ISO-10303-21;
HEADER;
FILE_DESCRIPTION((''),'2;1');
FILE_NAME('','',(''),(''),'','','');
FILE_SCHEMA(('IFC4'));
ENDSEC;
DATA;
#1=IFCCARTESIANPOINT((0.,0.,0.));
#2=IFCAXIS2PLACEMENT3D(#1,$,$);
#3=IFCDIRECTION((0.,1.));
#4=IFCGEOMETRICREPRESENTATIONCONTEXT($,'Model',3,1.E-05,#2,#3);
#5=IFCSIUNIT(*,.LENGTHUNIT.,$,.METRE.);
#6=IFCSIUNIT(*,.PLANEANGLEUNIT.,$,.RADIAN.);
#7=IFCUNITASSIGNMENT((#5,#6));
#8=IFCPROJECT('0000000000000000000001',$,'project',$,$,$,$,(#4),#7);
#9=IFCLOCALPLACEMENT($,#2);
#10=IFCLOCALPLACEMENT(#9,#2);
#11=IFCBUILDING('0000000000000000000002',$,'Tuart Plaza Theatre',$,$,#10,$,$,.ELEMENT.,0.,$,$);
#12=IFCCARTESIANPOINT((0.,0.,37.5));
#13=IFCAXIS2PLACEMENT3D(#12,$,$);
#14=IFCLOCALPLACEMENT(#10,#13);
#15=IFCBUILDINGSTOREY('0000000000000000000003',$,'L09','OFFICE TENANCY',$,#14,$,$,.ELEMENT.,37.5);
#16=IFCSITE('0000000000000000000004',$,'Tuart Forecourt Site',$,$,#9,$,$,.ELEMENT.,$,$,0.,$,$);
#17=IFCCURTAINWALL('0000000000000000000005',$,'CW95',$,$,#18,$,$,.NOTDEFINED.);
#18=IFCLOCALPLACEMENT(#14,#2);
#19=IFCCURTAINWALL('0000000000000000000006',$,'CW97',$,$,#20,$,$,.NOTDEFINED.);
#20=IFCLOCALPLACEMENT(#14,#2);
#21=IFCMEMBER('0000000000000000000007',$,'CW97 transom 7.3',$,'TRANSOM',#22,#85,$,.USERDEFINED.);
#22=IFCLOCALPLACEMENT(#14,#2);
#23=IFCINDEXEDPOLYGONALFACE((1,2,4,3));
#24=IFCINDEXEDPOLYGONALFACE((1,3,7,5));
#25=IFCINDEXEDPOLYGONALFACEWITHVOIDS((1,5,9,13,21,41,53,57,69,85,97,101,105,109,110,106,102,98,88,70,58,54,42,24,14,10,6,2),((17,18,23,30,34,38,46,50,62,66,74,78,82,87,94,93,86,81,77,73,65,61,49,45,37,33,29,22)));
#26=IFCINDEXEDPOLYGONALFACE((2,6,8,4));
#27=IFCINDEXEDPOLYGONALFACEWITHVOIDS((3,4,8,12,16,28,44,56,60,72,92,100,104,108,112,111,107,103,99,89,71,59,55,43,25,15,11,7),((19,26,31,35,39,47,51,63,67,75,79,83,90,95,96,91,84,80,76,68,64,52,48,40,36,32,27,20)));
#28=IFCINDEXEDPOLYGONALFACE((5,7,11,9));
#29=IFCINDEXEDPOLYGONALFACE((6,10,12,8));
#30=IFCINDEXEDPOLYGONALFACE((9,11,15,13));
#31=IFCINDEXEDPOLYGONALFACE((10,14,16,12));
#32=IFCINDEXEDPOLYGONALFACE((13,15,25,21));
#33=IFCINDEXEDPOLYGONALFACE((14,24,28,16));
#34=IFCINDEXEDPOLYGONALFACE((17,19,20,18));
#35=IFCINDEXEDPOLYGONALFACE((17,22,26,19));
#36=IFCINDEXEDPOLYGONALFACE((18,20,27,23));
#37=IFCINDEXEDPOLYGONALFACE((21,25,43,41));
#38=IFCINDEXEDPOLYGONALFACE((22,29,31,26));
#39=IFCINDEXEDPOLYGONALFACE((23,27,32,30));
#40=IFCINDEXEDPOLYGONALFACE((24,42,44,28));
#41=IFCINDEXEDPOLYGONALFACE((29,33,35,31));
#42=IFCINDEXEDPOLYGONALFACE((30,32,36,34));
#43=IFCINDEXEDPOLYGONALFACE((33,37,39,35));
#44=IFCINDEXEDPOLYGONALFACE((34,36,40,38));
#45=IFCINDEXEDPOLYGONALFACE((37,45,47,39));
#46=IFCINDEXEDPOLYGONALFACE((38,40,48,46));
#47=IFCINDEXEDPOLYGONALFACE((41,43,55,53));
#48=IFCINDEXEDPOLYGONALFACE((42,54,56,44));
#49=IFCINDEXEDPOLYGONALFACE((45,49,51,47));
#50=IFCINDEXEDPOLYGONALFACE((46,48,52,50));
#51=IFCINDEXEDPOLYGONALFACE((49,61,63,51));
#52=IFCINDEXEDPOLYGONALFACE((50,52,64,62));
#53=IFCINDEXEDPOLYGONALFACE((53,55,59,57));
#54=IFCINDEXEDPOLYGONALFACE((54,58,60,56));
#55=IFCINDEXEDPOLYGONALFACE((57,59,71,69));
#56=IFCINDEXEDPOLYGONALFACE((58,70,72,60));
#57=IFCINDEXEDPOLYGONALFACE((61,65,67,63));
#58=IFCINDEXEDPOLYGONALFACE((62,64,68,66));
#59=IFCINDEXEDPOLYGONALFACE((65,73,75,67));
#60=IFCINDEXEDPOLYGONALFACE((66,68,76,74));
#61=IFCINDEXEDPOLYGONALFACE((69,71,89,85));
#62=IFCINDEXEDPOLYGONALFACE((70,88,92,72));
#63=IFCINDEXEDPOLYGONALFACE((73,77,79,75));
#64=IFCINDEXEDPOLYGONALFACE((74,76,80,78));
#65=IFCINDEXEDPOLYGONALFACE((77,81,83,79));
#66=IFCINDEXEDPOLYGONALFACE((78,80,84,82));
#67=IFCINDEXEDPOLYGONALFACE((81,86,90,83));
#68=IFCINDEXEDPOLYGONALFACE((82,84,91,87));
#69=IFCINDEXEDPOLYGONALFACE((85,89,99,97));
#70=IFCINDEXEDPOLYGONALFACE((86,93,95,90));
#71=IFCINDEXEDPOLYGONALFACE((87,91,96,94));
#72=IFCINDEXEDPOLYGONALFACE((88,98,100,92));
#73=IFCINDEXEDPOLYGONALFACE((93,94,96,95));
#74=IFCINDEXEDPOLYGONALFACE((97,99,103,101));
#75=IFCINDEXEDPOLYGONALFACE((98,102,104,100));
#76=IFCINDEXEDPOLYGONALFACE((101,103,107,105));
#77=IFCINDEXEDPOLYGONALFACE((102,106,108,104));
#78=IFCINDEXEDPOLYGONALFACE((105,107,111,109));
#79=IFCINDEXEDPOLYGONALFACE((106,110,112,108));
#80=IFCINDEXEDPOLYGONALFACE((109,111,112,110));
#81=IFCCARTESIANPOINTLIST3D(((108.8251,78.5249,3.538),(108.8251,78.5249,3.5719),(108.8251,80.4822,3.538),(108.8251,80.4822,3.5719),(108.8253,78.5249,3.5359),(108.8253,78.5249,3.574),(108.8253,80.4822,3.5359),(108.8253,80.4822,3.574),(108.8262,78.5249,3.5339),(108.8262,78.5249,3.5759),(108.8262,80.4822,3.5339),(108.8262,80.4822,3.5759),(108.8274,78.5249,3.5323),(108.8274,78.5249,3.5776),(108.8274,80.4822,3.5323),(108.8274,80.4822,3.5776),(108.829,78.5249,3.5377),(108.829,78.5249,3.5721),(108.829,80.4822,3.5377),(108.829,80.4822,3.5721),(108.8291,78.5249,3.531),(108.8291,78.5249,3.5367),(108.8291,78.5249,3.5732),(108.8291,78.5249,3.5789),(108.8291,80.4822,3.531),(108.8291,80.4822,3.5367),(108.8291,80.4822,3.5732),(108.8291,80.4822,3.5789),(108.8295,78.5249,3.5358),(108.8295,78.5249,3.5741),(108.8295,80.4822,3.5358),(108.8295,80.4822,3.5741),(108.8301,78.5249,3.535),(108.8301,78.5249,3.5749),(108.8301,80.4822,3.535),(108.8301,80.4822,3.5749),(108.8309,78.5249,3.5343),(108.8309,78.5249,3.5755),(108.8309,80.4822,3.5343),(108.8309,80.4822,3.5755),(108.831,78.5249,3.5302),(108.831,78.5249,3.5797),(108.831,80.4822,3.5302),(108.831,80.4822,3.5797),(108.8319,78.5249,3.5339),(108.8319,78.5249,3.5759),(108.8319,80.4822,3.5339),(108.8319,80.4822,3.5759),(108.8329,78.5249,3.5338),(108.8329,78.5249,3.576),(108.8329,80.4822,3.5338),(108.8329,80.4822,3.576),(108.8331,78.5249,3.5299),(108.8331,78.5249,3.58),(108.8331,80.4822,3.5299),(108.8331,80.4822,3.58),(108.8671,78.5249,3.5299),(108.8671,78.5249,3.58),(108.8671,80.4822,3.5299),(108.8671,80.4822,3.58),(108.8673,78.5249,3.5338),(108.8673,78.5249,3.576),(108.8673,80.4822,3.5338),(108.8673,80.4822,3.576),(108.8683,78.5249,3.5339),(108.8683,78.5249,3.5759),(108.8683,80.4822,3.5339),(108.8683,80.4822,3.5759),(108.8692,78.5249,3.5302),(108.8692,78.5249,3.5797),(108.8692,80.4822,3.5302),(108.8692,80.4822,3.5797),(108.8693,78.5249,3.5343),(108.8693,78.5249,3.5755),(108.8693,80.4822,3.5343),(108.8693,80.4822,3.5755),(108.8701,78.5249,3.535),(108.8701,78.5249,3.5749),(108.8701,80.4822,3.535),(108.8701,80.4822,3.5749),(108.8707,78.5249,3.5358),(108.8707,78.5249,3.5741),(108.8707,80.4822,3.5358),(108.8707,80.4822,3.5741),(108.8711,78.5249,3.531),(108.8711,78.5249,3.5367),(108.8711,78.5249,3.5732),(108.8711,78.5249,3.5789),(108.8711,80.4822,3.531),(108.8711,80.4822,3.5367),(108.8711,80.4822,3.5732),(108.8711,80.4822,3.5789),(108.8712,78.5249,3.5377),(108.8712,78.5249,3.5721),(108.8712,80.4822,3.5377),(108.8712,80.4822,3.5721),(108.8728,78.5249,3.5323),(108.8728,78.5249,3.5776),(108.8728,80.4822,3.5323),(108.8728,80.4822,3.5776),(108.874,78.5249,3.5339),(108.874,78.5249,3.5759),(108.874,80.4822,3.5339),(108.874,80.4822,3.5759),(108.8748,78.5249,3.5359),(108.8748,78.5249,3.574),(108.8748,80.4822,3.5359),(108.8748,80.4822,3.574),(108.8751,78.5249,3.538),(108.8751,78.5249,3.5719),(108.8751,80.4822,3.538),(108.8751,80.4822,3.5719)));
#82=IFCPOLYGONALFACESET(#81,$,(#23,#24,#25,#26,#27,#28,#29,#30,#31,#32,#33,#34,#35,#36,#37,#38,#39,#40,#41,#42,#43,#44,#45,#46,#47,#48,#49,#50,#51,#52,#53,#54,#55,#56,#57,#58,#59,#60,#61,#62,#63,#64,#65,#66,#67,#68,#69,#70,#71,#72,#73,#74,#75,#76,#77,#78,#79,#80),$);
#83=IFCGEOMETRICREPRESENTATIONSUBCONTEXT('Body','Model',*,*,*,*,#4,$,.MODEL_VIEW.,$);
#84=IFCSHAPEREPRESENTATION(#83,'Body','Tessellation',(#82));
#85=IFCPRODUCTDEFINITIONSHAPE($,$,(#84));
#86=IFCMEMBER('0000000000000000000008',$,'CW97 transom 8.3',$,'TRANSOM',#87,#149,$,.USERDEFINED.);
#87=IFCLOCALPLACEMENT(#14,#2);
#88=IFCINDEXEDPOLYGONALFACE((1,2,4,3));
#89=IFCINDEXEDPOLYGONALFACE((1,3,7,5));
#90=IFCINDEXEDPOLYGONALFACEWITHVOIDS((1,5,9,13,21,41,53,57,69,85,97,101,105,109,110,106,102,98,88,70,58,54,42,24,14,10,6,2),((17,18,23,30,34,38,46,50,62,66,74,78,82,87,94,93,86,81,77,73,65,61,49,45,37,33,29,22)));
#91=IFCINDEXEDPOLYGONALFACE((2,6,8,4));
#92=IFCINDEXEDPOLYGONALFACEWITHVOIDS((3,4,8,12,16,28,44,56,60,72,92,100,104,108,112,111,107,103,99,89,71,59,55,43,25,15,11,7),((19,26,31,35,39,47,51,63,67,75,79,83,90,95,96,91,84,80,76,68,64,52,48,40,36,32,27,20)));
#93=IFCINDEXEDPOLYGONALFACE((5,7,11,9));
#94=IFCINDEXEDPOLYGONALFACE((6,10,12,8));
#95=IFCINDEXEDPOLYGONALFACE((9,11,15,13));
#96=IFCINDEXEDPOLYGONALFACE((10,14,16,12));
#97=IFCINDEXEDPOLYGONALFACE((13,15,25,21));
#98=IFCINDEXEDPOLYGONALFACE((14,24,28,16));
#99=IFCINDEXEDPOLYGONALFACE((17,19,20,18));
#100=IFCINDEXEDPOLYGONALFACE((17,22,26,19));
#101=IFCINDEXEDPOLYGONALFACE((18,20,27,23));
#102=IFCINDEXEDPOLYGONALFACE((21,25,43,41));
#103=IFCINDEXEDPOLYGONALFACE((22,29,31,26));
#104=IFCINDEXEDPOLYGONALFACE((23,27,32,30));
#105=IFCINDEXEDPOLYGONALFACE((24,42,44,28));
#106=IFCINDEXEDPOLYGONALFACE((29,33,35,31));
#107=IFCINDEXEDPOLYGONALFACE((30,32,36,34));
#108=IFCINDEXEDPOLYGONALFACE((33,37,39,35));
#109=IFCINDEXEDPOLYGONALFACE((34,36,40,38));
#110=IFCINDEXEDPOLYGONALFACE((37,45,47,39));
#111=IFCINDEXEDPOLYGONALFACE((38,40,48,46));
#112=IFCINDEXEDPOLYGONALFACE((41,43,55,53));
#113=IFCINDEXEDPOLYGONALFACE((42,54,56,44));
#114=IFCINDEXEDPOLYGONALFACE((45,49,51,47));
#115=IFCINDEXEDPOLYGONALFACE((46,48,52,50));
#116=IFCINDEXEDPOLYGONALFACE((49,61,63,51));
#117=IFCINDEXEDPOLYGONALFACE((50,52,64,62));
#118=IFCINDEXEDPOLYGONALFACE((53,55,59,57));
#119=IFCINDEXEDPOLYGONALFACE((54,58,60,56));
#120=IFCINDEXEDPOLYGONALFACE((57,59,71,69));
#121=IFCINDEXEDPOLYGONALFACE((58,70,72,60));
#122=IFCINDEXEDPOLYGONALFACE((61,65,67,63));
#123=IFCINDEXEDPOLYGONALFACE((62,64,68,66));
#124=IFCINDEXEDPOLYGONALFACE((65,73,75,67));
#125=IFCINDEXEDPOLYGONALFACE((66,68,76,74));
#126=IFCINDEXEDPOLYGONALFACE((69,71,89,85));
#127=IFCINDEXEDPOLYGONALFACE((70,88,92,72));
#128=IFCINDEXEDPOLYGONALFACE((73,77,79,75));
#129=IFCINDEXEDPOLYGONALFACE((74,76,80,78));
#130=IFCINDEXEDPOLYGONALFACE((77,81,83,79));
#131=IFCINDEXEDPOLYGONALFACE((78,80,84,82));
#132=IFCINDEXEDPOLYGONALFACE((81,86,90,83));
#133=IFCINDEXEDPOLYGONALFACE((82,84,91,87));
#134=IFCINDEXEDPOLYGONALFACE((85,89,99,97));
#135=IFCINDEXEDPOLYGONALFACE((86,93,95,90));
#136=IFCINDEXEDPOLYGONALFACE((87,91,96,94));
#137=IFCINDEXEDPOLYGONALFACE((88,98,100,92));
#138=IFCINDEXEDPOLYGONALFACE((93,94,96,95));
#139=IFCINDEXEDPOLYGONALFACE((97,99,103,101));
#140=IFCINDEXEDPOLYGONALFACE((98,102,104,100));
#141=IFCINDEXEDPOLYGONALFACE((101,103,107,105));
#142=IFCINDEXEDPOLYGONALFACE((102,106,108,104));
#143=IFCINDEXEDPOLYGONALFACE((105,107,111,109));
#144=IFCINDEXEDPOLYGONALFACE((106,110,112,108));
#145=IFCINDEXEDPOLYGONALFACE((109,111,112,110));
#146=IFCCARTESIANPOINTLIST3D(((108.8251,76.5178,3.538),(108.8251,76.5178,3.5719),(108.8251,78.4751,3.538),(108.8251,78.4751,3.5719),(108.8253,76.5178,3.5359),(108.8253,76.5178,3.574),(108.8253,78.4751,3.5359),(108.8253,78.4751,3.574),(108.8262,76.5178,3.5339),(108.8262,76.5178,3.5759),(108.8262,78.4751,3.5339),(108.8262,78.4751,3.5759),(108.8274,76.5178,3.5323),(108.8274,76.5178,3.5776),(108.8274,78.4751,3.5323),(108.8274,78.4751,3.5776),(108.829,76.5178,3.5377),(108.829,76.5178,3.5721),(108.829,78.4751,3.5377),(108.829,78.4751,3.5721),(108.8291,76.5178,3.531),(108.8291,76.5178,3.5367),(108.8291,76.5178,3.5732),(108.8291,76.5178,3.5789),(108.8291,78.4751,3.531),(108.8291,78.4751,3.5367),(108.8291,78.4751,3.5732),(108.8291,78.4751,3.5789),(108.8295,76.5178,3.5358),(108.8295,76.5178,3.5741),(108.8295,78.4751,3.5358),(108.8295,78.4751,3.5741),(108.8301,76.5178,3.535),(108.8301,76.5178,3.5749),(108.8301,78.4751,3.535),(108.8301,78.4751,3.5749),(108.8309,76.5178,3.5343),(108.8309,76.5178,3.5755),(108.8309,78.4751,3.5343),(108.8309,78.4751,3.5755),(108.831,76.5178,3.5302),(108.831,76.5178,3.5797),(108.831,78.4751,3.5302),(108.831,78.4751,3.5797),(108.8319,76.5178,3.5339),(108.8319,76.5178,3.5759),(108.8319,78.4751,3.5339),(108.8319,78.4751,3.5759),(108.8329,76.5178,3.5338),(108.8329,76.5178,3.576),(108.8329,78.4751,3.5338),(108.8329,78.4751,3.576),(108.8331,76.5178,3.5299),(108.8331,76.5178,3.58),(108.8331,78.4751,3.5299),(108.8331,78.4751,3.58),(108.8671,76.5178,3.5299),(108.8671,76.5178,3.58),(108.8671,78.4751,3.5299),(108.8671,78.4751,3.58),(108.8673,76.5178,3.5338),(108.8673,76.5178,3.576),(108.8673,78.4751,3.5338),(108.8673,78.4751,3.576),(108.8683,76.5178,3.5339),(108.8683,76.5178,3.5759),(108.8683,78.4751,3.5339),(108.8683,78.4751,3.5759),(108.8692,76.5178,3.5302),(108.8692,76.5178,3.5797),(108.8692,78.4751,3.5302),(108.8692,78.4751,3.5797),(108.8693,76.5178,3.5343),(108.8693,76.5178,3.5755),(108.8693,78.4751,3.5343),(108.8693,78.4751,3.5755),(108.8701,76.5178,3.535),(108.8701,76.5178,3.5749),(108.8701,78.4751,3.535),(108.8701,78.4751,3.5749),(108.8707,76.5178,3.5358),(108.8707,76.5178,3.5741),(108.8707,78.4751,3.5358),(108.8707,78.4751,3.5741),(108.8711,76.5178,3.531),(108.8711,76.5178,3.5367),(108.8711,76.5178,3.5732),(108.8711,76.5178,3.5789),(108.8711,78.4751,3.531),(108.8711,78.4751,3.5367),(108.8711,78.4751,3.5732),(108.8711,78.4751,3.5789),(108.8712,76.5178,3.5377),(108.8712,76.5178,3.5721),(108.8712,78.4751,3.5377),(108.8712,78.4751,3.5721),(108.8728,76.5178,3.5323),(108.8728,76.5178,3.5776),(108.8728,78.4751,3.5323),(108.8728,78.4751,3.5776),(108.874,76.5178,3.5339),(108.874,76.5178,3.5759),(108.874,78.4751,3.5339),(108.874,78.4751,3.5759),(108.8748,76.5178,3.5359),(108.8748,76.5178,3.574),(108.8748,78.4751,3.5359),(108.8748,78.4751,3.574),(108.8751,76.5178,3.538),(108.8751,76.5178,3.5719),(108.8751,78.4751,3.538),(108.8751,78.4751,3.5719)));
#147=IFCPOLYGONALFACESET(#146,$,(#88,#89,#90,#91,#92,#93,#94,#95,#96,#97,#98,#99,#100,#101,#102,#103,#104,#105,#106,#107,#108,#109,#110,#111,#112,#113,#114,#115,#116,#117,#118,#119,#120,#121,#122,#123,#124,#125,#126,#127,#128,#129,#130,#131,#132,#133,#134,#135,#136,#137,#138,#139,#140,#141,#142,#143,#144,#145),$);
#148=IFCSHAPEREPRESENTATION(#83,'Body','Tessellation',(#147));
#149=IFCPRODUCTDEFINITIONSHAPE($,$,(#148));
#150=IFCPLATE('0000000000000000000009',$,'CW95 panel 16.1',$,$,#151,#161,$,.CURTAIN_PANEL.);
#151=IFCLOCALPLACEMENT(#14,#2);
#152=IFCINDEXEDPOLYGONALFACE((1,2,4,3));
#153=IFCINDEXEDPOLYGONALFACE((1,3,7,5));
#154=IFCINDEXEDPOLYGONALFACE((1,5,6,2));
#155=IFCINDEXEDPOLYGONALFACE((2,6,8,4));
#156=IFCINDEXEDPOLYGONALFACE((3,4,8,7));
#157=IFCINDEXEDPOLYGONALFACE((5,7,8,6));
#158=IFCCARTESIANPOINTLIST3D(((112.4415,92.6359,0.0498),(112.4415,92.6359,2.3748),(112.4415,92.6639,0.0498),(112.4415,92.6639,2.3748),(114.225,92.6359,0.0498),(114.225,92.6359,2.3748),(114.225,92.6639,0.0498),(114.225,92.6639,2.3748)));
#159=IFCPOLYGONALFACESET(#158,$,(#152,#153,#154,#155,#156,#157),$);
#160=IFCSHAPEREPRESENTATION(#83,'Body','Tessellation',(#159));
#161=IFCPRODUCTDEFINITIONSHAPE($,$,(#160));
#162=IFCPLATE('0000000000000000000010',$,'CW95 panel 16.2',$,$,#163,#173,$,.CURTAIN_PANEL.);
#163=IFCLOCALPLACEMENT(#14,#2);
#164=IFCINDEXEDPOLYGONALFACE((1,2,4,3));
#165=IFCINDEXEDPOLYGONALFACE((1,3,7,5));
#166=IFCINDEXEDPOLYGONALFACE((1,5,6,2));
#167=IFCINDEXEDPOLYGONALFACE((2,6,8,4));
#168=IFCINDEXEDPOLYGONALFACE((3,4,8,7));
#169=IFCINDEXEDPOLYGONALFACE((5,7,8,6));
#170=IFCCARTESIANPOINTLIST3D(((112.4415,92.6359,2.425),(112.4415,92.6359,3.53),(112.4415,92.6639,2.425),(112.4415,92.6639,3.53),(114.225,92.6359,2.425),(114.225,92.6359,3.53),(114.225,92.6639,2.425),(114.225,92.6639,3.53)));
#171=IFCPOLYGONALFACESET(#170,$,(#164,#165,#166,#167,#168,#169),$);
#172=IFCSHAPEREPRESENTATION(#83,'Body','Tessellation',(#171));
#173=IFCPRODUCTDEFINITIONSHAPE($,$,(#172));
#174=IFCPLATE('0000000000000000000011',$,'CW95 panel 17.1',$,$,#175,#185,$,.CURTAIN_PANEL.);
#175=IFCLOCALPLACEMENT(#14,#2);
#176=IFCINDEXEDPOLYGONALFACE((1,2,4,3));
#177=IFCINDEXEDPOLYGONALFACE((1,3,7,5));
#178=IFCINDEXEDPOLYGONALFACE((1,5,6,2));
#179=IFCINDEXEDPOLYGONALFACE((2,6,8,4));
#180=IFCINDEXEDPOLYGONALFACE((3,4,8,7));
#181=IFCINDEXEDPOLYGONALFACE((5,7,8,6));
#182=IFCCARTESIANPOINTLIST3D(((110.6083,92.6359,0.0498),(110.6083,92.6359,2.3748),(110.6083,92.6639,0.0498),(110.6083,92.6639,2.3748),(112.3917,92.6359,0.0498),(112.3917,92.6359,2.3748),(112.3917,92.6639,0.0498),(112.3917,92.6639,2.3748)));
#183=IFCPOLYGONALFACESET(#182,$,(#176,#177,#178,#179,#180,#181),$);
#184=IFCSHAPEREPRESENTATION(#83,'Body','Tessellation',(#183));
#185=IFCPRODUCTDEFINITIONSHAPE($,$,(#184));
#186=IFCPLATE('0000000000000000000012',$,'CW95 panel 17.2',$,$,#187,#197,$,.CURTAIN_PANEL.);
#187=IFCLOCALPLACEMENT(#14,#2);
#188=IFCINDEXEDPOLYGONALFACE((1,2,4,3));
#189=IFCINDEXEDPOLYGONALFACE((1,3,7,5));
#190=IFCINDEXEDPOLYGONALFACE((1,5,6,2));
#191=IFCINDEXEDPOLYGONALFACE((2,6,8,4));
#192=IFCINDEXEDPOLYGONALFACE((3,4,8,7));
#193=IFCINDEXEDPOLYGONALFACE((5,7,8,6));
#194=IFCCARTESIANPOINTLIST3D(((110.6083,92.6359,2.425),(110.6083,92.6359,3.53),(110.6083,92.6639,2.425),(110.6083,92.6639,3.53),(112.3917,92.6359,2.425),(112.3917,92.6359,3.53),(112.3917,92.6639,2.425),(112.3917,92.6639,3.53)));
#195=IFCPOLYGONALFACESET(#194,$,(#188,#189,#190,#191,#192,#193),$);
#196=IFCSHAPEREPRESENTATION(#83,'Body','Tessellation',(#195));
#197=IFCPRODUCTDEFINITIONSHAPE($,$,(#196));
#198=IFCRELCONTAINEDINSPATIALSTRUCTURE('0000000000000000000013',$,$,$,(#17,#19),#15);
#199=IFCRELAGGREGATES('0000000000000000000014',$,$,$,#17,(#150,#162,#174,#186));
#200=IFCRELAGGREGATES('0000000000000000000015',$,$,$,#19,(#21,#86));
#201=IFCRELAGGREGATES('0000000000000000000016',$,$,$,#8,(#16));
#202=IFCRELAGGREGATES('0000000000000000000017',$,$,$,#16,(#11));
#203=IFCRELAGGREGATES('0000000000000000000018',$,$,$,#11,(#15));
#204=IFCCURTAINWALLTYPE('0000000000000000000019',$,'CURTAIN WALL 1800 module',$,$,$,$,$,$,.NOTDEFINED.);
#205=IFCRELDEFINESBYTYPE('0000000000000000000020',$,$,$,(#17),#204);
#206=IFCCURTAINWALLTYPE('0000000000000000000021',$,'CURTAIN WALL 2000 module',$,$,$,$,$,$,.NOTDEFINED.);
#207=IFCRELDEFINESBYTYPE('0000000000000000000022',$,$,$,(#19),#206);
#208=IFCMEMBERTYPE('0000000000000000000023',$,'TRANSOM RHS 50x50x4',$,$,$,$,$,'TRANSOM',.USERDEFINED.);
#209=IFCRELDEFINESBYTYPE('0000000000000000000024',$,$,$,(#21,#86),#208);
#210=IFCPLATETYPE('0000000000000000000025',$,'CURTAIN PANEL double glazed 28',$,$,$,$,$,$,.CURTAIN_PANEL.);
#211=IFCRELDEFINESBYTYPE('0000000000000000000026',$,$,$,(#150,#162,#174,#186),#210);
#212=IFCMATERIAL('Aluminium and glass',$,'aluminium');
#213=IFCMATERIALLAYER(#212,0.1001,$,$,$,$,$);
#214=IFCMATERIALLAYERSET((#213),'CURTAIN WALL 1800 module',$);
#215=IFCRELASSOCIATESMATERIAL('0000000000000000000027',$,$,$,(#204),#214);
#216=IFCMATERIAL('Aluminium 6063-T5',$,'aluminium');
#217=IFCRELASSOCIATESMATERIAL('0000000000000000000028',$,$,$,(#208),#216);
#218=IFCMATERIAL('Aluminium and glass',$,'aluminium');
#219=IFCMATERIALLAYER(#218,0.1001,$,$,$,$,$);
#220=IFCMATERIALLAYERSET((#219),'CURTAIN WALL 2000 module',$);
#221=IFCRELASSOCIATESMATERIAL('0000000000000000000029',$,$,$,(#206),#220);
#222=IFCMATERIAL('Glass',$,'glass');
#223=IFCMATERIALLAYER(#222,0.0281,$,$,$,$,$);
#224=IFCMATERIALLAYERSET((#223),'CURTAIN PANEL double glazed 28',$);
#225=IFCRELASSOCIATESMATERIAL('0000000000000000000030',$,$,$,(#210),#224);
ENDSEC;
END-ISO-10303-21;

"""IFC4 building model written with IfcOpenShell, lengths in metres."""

from ifc_helpers import new_model, si_unit, direction, frame, origin, origin_2d, place, context, subcontext, project, spatial, rectangle, hollow_rectangle, extrude, material, layer, layer_set, material_profile, profile_set, type_object, element, aggregate, save


model = new_model("IFC4")

# Units and contexts
model_context = context("Model", 3, precision=1e-05, world=origin(), true_north=direction((0.0, 1.0)))
body_context = subcontext(model_context, "Body", "Model", "MODEL_VIEW")
ifc_project = project(units=[si_unit("LENGTHUNIT", "METRE"), si_unit("PLANEANGLEUNIT", "RADIAN")], contexts=[model_context])

# Site, building, storey
site_placement = place(None, origin())
site = spatial("IfcSite", under=ifc_project, at=site_placement, Name="Tuart Forecourt Site", CompositionType="ELEMENT", RefElevation=0.0)
building_placement = place(site_placement, origin())
building = spatial("IfcBuilding", under=site, at=building_placement, Name="Tuart Plaza Theatre", CompositionType="ELEMENT", ElevationOfRefHeight=0.0)
storey_placement = place(building_placement, frame((0.0, 0.0, 37.5)))
storey = spatial("IfcBuildingStorey", under=building, at=storey_placement, Name="L09", Description="OFFICE TENANCY", CompositionType="ELEMENT", Elevation=37.5)

# Curtain walls, members
ifc_material_1 = material(Name="Aluminium and glass", Category="aluminium")
ifc_layer_1 = layer(ifc_material_1, 0.1001)
ifc_layer_set_1 = layer_set([ifc_layer_1], Name="CURTAIN WALL 1800 module")
curtain_wall_type_1 = type_object("IfcCurtainWallType", Name="CURTAIN WALL 1800 module", PredefinedType="NOTDEFINED", material=ifc_layer_set_1)
curtain_wall_1_placement = place(storey_placement, origin())
curtain_wall_1 = element("IfcCurtainWall", 1, at=curtain_wall_1_placement, inside=storey, type_object=curtain_wall_type_1, Name="CW95", PredefinedType="NOTDEFINED")
ifc_material_2 = material(Name="Aluminium 6063-T5", Category="aluminium")
ifc_material_profile_1 = material_profile(ifc_material_2, hollow_rectangle(XDim=0.05, YDim=0.05, WallThickness=0.0039, InnerFilletRadius=0.0039, OuterFilletRadius=0.0081, at=origin_2d()), Name="RHS 50x50x4")
ifc_profile_set_1 = profile_set([ifc_material_profile_1], Name="Aluminium 6063-T5")
member_type_1 = type_object("IfcMemberType", Name="TRANSOM RHS 50x50x4", ElementType="TRANSOM", PredefinedType="USERDEFINED", material=ifc_profile_set_1)
ifc_material_3 = material(Name="Aluminium and glass", Category="aluminium")
ifc_layer_2 = layer(ifc_material_3, 0.1001)
ifc_layer_set_2 = layer_set([ifc_layer_2], Name="CURTAIN WALL 2000 module")
curtain_wall_type_2 = type_object("IfcCurtainWallType", Name="CURTAIN WALL 2000 module", PredefinedType="NOTDEFINED", material=ifc_layer_set_2)
curtain_wall_2_placement = place(storey_placement, origin())
curtain_wall_2 = element("IfcCurtainWall", 2, at=curtain_wall_2_placement, inside=storey, type_object=curtain_wall_type_2, Name="CW97", PredefinedType="NOTDEFINED")
member_1_placement = place(storey_placement, frame((108.8501, 80.4822, 3.5549), z_axis=(0.0, -1.0, 0.0), x_axis=(1.0, 0.0, 0.0)))
member_1 = element("IfcMember", 3, at=member_1_placement, type_object=member_type_1, Name="CW97 transom 7.3", ObjectType="TRANSOM", PredefinedType="USERDEFINED", context=body_context, shape_type="SweptSolid", body=[
    extrude(hollow_rectangle(XDim=0.05, YDim=0.05, WallThickness=0.0039, InnerFilletRadius=0.0039, OuterFilletRadius=0.0081, at=origin_2d()), origin(), (0.0, 0.0, 1.0), 1.9573),
])
member_2_placement = place(storey_placement, frame((108.8501, 78.4751, 3.5549), z_axis=(0.0, -1.0, 0.0), x_axis=(1.0, 0.0, 0.0)))
member_2 = element("IfcMember", 4, at=member_2_placement, type_object=member_type_1, Name="CW97 transom 8.3", ObjectType="TRANSOM", PredefinedType="USERDEFINED", context=body_context, shape_type="SweptSolid", body=[
    extrude(hollow_rectangle(XDim=0.05, YDim=0.05, WallThickness=0.0039, InnerFilletRadius=0.0039, OuterFilletRadius=0.0081, at=origin_2d()), origin(), (0.0, 0.0, 1.0), 1.9573),
])

# Plates
ifc_material_4 = material(Name="Glass", Category="glass")
ifc_layer_3 = layer(ifc_material_4, 0.0281)
ifc_layer_set_3 = layer_set([ifc_layer_3], Name="CURTAIN PANEL double glazed 28")
plate_type = type_object("IfcPlateType", Name="CURTAIN PANEL double glazed 28", PredefinedType="CURTAIN_PANEL", material=ifc_layer_set_3)
plate_1_placement = place(storey_placement, frame((113.3333, 92.6499, 0.0498), z_axis=(0.0, 0.0, 1.0), x_axis=(-1.0, 0.0, 0.0)))
plate_1 = element("IfcPlate", 5, at=plate_1_placement, type_object=plate_type, Name="CW95 panel 16.1", PredefinedType="CURTAIN_PANEL", context=body_context, shape_type="SweptSolid", body=[
    extrude(rectangle(XDim=1.7834, YDim=0.0281, at=origin_2d()), origin(), (0.0, 0.0, 1.0), 2.325),
])
plate_2_placement = place(storey_placement, frame((113.3333, 92.6499, 2.425), z_axis=(0.0, 0.0, 1.0), x_axis=(-1.0, 0.0, 0.0)))
plate_2 = element("IfcPlate", 6, at=plate_2_placement, type_object=plate_type, Name="CW95 panel 16.2", PredefinedType="CURTAIN_PANEL", context=body_context, shape_type="SweptSolid", body=[
    extrude(rectangle(XDim=1.7834, YDim=0.0281, at=origin_2d()), origin(), (0.0, 0.0, 1.0), 1.105),
])
plate_3_placement = place(storey_placement, frame((111.5, 92.6499, 0.0498), z_axis=(0.0, 0.0, 1.0), x_axis=(-1.0, 0.0, 0.0)))
plate_3 = element("IfcPlate", 7, at=plate_3_placement, type_object=plate_type, Name="CW95 panel 17.1", PredefinedType="CURTAIN_PANEL", context=body_context, shape_type="SweptSolid", body=[
    extrude(rectangle(XDim=1.7834, YDim=0.0281, at=origin_2d()), origin(), (0.0, 0.0, 1.0), 2.325),
])
plate_4_placement = place(storey_placement, frame((111.5, 92.6499, 2.425), z_axis=(0.0, 0.0, 1.0), x_axis=(-1.0, 0.0, 0.0)))
plate_4 = element("IfcPlate", 8, at=plate_4_placement, type_object=plate_type, Name="CW95 panel 17.2", PredefinedType="CURTAIN_PANEL", context=body_context, shape_type="SweptSolid", body=[
    extrude(rectangle(XDim=1.7834, YDim=0.0281, at=origin_2d()), origin(), (0.0, 0.0, 1.0), 1.105),
])
aggregate(curtain_wall_1, [plate_1, plate_2, plate_3, plate_4])
aggregate(curtain_wall_2, [member_1, member_2])

save(model, "model.ifc")
